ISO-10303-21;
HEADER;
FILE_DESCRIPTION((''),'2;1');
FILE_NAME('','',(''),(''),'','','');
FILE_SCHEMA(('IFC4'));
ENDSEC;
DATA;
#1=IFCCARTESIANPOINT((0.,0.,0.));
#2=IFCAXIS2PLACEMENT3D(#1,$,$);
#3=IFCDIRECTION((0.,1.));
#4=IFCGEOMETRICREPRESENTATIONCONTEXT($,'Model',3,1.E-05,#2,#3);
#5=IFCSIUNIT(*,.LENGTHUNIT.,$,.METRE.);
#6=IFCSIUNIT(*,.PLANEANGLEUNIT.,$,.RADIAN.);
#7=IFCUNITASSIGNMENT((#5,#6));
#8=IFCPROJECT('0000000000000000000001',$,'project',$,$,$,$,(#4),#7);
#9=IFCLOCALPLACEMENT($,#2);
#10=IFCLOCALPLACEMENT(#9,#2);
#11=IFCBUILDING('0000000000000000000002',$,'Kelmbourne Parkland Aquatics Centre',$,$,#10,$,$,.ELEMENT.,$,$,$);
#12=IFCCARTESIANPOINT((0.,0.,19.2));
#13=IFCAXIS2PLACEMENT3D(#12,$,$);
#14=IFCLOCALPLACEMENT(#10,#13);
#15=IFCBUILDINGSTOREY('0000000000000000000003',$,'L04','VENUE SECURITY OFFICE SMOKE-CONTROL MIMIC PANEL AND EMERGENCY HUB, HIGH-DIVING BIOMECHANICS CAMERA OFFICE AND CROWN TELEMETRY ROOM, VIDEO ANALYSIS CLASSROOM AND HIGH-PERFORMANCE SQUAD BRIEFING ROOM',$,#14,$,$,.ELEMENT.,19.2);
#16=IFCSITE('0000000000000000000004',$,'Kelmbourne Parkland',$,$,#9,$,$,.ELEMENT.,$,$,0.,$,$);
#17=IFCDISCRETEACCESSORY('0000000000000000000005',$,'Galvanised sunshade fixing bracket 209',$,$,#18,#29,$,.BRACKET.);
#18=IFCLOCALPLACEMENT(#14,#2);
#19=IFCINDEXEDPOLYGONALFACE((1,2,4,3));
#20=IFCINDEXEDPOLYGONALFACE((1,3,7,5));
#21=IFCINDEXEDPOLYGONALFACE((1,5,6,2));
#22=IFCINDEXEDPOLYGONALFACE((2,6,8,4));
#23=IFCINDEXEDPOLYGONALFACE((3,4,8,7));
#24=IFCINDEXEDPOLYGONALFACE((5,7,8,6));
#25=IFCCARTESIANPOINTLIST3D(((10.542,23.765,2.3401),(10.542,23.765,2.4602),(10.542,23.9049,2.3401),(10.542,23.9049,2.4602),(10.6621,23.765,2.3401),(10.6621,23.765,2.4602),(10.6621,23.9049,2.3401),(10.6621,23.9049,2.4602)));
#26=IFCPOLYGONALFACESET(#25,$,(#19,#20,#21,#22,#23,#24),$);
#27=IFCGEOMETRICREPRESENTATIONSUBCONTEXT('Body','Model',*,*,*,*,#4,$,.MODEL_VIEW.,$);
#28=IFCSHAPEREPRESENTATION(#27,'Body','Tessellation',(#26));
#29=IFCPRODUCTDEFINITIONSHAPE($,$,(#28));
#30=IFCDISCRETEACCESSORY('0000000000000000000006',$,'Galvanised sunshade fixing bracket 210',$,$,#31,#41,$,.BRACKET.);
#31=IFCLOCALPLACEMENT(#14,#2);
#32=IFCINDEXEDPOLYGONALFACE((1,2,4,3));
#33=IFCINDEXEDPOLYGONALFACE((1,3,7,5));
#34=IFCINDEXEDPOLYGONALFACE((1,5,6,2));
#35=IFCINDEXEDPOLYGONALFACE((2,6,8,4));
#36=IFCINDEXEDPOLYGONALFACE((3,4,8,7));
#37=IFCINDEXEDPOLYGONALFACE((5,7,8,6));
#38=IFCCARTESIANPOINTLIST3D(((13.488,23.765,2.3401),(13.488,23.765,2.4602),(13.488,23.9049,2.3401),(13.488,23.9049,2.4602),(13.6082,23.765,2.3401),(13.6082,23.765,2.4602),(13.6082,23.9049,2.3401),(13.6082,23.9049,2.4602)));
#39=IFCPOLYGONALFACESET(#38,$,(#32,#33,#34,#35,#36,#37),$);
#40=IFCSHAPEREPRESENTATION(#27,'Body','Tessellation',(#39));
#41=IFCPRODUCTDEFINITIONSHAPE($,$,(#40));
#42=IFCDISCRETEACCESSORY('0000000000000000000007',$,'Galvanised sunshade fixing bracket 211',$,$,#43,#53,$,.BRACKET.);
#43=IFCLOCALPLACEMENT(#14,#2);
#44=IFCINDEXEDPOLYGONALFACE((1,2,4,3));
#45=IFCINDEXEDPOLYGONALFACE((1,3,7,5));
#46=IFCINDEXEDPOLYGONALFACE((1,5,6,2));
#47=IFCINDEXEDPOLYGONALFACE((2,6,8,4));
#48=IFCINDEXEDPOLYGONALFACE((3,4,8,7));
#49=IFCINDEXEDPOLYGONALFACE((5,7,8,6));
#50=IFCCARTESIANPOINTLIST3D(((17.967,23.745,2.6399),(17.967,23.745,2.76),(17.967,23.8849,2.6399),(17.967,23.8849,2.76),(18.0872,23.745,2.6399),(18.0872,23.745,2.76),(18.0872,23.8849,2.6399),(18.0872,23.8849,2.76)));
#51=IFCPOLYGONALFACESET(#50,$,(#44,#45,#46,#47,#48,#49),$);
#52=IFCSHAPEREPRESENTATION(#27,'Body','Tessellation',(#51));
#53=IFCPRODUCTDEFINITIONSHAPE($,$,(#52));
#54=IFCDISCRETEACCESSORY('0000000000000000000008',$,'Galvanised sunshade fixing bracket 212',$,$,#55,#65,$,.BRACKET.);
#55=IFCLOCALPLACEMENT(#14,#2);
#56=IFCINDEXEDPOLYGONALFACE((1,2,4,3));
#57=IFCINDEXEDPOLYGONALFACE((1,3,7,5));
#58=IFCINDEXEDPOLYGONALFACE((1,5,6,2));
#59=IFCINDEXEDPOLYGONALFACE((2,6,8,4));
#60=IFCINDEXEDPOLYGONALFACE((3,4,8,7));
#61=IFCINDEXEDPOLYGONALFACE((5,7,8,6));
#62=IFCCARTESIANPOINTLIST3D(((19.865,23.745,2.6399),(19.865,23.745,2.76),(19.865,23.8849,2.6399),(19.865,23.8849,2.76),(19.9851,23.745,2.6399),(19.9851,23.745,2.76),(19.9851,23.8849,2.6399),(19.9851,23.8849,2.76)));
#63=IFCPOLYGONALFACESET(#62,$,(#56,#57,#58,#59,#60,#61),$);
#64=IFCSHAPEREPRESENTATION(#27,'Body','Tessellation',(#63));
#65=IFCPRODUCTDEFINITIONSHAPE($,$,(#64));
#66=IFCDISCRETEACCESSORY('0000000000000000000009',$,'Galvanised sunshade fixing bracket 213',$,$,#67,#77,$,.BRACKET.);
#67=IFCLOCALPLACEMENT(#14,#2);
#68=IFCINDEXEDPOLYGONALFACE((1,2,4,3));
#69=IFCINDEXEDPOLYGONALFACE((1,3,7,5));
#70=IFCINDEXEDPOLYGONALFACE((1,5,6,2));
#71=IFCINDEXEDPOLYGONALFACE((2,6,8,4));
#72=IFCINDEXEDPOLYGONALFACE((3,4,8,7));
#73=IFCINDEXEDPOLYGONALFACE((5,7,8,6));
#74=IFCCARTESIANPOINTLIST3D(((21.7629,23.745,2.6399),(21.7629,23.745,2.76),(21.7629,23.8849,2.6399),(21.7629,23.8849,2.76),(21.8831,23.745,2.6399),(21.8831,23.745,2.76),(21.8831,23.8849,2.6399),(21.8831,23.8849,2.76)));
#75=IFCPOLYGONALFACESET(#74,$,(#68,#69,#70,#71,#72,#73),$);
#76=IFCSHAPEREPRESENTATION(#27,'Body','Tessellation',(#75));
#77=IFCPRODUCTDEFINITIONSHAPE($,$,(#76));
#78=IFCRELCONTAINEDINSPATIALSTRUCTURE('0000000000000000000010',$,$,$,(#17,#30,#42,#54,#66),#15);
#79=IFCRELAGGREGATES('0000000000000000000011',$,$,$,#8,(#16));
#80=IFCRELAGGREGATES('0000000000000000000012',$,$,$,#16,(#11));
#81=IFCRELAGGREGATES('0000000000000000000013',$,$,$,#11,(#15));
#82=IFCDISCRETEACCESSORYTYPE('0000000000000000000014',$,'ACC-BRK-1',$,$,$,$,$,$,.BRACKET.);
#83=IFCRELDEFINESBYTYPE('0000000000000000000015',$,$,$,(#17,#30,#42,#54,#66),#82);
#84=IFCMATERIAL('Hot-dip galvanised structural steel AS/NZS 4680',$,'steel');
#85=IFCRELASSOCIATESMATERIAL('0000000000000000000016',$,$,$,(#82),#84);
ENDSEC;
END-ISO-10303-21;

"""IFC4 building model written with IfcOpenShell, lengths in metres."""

from ifc_helpers import new_model, si_unit, direction, frame, origin, origin_2d, place, context, subcontext, project, spatial, rectangle, extrude, material, type_object, element, save


model = new_model("IFC4")

# Units and contexts
model_context = context("Model", 3, precision=1e-05, world=origin(), true_north=direction((0.0, 1.0)))
body_context = subcontext(model_context, "Body", "Model", "MODEL_VIEW")
ifc_project = project(units=[si_unit("LENGTHUNIT", "METRE"), si_unit("PLANEANGLEUNIT", "RADIAN")], contexts=[model_context])

# Site, building, storey
site_placement = place(None, origin())
site = spatial("IfcSite", under=ifc_project, at=site_placement, Name="Kelmbourne Parkland", CompositionType="ELEMENT", RefElevation=0.0)
building_placement = place(site_placement, origin())
building = spatial("IfcBuilding", under=site, at=building_placement, Name="Kelmbourne Parkland Aquatics Centre", CompositionType="ELEMENT")
storey_placement = place(building_placement, frame((0.0, 0.0, 19.2)))
storey = spatial("IfcBuildingStorey", under=building, at=storey_placement, Name="L04", Description="VENUE SECURITY OFFICE SMOKE-CONTROL MIMIC PANEL AND EMERGENCY HUB, HIGH-DIVING BIOMECHANICS CAMERA OFFICE AND CROWN TELEMETRY ROOM, VIDEO ANALYSIS CLASSROOM AND HIGH-PERFORMANCE SQUAD BRIEFING ROOM", CompositionType="ELEMENT", Elevation=19.2)

# Discrete accessories
ifc_material_1 = material(Name="Hot-dip galvanised structural steel AS/NZS 4680", Category="steel")
discrete_accessory_type = type_object("IfcDiscreteAccessoryType", Name="ACC-BRK-1", PredefinedType="BRACKET", material=ifc_material_1)
for number, where, z_axis, x_axis, name in (
    (1, (10.6021, 23.835, 2.3401), (0.0, 0.0, 1.0), (1.0, 0.0, 0.0), "Galvanised sunshade fixing bracket 209"),
    (2, (13.5481, 23.835, 2.3401), (0.0, 0.0, 1.0), (1.0, 0.0, 0.0), "Galvanised sunshade fixing bracket 210"),
    (3, (18.0271, 23.8149, 2.6399), (0.0, 0.0, 1.0), (1.0, 0.0, 0.0), "Galvanised sunshade fixing bracket 211"),
    (4, (19.925, 23.8149, 2.6399), (0.0, 0.0, 1.0), (1.0, 0.0, 0.0), "Galvanised sunshade fixing bracket 212"),
    (5, (21.823, 23.8149, 2.6399), (0.0, 0.0, 1.0), (1.0, 0.0, 0.0), "Galvanised sunshade fixing bracket 213"),
):
    element("IfcDiscreteAccessory", number, at=place(storey_placement, frame(where, z_axis=z_axis, x_axis=x_axis)), inside=storey, type_object=discrete_accessory_type, Name=name, PredefinedType="BRACKET", context=body_context, shape_type="SweptSolid", body=[
        extrude(rectangle(XDim=0.1201, YDim=0.1399, at=origin_2d()), origin(), (0.0, 0.0, 1.0), 0.1201),
    ])

save(model, "model.ifc")
